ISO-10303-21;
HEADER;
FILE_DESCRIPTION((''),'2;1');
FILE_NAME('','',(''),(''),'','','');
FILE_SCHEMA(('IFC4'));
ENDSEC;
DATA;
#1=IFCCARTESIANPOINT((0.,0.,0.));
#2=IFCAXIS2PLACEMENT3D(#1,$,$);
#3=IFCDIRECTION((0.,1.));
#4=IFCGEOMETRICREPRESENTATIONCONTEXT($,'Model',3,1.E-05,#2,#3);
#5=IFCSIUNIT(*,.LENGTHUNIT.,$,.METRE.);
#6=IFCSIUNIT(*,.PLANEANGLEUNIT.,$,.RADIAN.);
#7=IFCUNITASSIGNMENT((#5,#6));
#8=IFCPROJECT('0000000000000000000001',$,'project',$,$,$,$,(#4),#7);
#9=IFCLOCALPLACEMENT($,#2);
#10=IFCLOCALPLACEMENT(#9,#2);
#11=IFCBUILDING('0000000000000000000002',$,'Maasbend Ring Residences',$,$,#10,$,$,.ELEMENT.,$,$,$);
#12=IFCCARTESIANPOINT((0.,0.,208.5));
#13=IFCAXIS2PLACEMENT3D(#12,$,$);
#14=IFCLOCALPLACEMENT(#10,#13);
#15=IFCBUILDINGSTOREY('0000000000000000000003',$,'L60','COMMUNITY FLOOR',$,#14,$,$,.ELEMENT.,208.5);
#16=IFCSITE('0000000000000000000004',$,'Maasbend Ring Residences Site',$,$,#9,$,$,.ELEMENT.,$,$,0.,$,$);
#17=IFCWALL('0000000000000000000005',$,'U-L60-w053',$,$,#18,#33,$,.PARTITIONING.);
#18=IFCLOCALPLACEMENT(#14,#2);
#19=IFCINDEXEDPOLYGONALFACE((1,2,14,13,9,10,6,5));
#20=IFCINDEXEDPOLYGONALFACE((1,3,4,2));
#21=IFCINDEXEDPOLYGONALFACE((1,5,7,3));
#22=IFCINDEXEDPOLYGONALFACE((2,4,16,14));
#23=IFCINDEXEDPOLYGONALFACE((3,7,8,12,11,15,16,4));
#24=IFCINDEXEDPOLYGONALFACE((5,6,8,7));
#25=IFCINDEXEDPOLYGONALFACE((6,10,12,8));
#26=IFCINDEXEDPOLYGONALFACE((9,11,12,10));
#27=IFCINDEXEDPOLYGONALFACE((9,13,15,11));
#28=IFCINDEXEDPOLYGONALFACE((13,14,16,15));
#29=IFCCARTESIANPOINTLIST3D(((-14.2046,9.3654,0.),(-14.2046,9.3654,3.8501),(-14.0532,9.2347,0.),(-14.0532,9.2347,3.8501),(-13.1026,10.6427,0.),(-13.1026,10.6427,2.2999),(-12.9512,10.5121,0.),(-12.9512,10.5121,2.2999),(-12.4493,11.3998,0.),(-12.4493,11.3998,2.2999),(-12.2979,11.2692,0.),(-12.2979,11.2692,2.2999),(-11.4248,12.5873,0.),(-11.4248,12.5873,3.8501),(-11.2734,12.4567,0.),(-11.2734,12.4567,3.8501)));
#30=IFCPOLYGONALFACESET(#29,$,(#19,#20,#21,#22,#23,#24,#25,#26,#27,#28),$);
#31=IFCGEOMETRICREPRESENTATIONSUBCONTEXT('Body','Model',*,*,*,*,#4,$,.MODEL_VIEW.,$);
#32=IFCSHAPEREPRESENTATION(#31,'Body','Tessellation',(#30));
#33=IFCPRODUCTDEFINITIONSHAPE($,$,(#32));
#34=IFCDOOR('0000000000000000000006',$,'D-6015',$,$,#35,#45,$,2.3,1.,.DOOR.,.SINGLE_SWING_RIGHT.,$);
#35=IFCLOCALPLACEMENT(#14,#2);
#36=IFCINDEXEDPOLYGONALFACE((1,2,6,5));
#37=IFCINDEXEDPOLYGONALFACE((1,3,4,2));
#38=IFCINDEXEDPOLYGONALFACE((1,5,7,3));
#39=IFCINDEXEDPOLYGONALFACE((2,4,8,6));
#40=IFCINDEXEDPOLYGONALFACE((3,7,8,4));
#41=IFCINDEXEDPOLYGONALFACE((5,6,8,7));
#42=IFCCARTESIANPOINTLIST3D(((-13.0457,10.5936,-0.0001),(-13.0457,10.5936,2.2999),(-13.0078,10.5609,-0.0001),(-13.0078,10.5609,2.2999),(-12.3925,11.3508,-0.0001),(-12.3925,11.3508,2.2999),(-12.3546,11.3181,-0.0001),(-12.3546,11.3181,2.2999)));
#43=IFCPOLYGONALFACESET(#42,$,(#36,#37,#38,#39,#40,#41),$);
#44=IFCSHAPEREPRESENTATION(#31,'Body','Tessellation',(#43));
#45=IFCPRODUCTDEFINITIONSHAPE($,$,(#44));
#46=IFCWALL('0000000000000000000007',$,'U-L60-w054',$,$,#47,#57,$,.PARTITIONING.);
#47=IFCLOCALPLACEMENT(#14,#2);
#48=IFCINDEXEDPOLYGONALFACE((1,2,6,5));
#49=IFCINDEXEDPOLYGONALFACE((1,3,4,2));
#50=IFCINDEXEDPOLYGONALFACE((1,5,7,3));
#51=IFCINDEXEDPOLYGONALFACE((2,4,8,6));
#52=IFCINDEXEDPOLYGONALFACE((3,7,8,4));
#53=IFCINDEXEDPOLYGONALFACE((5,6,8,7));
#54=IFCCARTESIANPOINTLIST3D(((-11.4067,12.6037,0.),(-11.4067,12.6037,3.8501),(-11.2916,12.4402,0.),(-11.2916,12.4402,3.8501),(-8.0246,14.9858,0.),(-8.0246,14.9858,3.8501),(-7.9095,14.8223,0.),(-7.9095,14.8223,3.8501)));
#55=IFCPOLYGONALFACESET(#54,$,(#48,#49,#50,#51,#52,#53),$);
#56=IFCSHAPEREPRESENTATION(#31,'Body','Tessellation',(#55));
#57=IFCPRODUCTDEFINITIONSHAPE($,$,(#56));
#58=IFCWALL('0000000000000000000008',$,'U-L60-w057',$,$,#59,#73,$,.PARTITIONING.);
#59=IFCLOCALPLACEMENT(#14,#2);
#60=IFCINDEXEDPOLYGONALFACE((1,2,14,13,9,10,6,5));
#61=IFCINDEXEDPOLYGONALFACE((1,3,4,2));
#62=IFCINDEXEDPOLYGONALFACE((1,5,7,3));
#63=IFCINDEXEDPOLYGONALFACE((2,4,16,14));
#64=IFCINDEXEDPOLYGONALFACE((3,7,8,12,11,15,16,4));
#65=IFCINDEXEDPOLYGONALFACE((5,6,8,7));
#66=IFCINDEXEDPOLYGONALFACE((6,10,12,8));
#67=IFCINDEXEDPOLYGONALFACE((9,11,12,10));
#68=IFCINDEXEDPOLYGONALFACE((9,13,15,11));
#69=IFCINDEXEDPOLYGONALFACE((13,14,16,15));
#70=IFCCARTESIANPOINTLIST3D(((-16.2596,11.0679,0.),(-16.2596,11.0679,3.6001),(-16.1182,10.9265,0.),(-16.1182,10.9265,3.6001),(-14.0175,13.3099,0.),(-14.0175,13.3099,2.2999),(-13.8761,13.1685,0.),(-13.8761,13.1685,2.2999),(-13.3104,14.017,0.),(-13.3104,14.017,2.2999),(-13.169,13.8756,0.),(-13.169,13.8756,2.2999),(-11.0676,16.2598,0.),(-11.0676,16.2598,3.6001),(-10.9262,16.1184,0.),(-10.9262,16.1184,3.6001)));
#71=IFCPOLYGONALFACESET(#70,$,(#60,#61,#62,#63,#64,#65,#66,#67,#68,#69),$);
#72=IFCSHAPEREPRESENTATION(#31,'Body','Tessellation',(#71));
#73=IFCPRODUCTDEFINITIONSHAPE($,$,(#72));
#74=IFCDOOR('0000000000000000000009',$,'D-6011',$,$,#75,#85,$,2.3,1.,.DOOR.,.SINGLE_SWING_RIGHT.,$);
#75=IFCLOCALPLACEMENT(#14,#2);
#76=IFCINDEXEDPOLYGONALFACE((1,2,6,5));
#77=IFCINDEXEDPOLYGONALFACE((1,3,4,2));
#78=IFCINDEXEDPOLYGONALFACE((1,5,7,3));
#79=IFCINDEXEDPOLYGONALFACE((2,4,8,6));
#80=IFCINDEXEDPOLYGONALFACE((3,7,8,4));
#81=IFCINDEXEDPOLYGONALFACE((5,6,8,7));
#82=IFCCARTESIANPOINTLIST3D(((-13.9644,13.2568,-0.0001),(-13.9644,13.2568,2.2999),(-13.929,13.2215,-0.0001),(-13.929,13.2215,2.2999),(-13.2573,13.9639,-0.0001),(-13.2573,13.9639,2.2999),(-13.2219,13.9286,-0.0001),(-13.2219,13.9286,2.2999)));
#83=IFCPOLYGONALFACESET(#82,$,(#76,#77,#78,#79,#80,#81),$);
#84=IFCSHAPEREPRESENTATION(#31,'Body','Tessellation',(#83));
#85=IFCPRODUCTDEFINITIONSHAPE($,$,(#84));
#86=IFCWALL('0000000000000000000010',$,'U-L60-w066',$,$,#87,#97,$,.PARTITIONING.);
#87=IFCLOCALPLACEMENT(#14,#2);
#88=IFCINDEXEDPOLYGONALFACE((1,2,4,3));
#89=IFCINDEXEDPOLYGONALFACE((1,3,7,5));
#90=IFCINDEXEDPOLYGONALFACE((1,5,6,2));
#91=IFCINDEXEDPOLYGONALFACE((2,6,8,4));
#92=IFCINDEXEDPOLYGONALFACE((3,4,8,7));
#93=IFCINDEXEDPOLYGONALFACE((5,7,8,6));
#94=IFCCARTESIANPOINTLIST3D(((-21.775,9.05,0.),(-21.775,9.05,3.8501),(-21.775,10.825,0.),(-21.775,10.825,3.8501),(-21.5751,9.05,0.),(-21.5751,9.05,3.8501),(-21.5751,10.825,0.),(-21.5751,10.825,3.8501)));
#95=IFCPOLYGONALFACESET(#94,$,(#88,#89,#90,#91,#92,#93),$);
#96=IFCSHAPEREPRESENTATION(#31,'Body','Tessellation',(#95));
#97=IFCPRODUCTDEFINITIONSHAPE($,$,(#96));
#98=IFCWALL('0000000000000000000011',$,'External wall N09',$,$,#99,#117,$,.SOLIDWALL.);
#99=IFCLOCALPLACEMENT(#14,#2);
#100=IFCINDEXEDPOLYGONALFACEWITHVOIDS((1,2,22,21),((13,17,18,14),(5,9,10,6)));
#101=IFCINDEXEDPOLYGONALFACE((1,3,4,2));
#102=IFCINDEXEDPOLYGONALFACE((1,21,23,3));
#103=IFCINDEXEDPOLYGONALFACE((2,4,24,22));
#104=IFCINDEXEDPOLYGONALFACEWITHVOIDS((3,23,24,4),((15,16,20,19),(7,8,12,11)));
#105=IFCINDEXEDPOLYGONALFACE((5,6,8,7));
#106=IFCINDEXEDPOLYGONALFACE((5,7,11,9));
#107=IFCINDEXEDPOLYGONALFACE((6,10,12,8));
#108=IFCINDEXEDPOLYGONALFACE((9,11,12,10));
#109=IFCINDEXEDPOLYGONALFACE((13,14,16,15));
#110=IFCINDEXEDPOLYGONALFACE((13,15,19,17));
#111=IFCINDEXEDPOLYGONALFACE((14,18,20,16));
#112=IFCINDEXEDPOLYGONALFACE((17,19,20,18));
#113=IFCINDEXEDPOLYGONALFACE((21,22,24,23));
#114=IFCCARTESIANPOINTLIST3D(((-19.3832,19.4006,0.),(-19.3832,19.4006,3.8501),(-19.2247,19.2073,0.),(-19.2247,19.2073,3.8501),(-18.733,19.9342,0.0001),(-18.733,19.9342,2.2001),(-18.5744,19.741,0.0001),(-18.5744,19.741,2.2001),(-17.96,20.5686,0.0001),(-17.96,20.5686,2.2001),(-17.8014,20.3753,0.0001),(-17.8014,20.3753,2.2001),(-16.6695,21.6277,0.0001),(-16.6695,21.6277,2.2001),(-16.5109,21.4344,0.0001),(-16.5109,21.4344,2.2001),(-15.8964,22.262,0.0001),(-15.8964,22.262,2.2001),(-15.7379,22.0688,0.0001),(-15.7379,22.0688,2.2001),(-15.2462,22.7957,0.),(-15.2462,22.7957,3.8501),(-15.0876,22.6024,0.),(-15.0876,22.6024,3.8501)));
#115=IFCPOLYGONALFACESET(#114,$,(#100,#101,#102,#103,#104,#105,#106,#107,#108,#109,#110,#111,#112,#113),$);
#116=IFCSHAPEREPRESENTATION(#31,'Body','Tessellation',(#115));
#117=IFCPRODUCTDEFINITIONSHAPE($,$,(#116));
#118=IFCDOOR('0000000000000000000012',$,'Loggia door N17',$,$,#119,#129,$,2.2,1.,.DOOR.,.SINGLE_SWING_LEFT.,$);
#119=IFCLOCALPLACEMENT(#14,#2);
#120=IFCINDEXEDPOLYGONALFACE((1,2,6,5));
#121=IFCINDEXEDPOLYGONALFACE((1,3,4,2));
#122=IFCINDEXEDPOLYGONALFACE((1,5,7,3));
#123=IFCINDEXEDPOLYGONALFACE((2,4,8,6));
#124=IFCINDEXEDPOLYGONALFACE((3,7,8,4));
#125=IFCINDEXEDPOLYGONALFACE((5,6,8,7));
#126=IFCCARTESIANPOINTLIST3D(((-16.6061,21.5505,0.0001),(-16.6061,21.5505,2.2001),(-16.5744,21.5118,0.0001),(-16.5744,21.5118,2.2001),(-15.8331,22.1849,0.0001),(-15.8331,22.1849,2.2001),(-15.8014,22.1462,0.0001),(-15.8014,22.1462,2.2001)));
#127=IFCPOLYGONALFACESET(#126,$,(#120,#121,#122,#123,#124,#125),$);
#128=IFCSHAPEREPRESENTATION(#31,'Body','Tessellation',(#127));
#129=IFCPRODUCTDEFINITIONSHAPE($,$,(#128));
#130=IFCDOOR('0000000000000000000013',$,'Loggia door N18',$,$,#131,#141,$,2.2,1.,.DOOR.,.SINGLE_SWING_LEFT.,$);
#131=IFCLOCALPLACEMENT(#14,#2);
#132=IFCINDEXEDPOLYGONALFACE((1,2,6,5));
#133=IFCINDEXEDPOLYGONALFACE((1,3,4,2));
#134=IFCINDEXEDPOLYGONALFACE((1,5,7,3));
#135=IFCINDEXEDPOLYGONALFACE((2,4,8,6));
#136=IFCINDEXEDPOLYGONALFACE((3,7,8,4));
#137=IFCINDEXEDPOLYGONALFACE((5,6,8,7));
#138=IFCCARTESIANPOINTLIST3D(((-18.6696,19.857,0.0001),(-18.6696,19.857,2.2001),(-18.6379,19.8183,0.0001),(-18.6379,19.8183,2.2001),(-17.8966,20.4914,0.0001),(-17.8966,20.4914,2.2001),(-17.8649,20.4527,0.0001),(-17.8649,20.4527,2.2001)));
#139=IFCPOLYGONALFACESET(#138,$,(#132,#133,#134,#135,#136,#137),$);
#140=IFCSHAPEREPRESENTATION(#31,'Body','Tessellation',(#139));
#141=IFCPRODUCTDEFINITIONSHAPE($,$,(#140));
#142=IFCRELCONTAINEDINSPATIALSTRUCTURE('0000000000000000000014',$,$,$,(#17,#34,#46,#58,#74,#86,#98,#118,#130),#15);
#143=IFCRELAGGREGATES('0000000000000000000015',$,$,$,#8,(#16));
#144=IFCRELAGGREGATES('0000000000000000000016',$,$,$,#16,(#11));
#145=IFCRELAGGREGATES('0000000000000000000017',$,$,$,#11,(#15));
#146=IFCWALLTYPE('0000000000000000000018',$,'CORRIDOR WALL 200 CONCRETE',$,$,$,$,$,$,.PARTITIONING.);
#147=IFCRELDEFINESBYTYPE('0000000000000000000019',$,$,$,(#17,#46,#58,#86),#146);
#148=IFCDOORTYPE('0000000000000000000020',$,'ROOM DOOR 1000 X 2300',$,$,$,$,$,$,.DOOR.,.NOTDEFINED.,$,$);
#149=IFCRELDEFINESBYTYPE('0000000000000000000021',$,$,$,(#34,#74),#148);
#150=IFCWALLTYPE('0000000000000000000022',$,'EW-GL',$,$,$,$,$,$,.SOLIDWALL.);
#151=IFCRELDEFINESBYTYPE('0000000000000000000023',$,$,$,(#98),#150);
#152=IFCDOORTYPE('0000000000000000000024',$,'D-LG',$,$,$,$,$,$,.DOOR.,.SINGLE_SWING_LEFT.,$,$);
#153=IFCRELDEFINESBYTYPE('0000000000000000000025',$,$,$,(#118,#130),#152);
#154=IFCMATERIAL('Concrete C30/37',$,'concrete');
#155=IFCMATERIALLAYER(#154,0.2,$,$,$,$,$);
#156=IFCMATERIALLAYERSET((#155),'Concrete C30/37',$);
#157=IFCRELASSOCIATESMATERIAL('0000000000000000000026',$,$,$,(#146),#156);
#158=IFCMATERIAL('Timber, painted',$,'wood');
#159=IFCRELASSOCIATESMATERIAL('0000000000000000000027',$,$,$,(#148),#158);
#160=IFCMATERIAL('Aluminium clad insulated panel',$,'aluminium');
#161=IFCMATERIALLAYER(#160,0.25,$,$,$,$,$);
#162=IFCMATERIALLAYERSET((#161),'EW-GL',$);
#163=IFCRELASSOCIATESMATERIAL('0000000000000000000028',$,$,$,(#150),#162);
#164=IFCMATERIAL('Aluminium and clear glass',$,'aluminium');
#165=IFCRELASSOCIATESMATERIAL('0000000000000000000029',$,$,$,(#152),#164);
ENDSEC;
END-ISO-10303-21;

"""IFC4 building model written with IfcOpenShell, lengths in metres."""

from ifc_helpers import new_model, si_unit, direction, frame, frame_2d, origin, place, context, subcontext, project, spatial, rectangle, extrude, material, layer, layer_set, type_object, element, fill, save


model = new_model("IFC4")

# Units and contexts
model_context = context("Model", 3, precision=1e-05, world=origin(), true_north=direction((0.0, 1.0)))
body_context = subcontext(model_context, "Body", "Model", "MODEL_VIEW")
ifc_project = project(units=[si_unit("LENGTHUNIT", "METRE"), si_unit("PLANEANGLEUNIT", "RADIAN")], contexts=[model_context])

# Site, building, storey
site_placement = place(None, origin())
site = spatial("IfcSite", under=ifc_project, at=site_placement, Name="Maasbend Ring Residences Site", CompositionType="ELEMENT", RefElevation=0.0)
building_placement = place(site_placement, origin())
building = spatial("IfcBuilding", under=site, at=building_placement, Name="Maasbend Ring Residences", CompositionType="ELEMENT")
storey_placement = place(building_placement, frame((0.0, 0.0, 208.5)))
storey = spatial("IfcBuildingStorey", under=building, at=storey_placement, Name="L60", Description="COMMUNITY FLOOR", CompositionType="ELEMENT", Elevation=208.5)

# Wall, opening, door
ifc_material_1 = material(Name="Concrete C30/37", Category="concrete")
ifc_layer_1 = layer(ifc_material_1, 0.2)
ifc_layer_set_1 = layer_set([ifc_layer_1], Name="Concrete C30/37")
wall_type_1 = type_object("IfcWallType", Name="CORRIDOR WALL 200 CONCRETE", PredefinedType="PARTITIONING", material=ifc_layer_set_1)
wall_1_placement = place(storey_placement, frame((-14.1289, 9.3, 0.0), z_axis=(0.0, 0.0, 1.0), x_axis=(0.653245, 0.757147, 0.0)))
wall_1 = element("IfcWall", 1, at=wall_1_placement, inside=storey, type_object=wall_type_1, Name="U-L60-w053", PredefinedType="PARTITIONING", context=body_context, shape_type="SweptSolid", body=[
    extrude(rectangle(XDim=4.2554, YDim=0.2, at=frame_2d((2.1277, 0.0))), origin(), (0.0, 0.0, 1.0), 3.8501),
])
opening_1_placement = place(wall_1_placement, frame((1.687, 0.0, 0.0)))
opening_1 = element("IfcOpeningElement", 2, at=opening_1_placement, cuts=wall_1, PredefinedType="OPENING", context=body_context, shape_type="SweptSolid", body=[
    extrude(rectangle(XDim=1.0, YDim=2.3, at=frame_2d((0.5, 1.1499))), frame((0.0, 0.1099, 0.0), z_axis=(0.0, -1.0, 0.0), x_axis=(1.0, 0.0, 0.0)), (0.0, 0.0, 1.0), 0.22),
])
ifc_material_2 = material(Name="Timber, painted", Category="wood")
door_type_1 = type_object("IfcDoorType", Name="ROOM DOOR 1000 X 2300", OperationType="NOTDEFINED", PredefinedType="DOOR", material=ifc_material_2)
door_1_placement = place(opening_1_placement, origin())
door_1 = element("IfcDoor", 3, at=door_1_placement, inside=storey, type_object=door_type_1, Name="D-6015", OperationType="SINGLE_SWING_RIGHT", OverallHeight=2.3, OverallWidth=1.0, PredefinedType="DOOR", context=body_context, shape_type="SweptSolid", body=[
    extrude(rectangle(XDim=1.0, YDim=2.3, at=frame_2d((0.5, 1.1499))), frame((0.0, 0.0249, 0.0), z_axis=(0.0, -1.0, 0.0), x_axis=(1.0, 0.0, 0.0)), (0.0, 0.0, 1.0), 0.05),
])
fill(opening_1, door_1)

# Wall
wall_2_placement = place(storey_placement, frame((-11.3491, 12.522, 0.0), z_axis=(0.0, 0.0, 1.0), x_axis=(0.817568, 0.575833, 0.0)))
element("IfcWall", 4, at=wall_2_placement, inside=storey, type_object=wall_type_1, Name="U-L60-w054", PredefinedType="PARTITIONING", context=body_context, shape_type="SweptSolid", body=[
    extrude(rectangle(XDim=4.1367, YDim=0.2, at=frame_2d((2.0684, 0.0))), origin(), (0.0, 0.0, 1.0), 3.8501),
])

# Wall, opening, door
wall_3_placement = place(storey_placement, frame((-16.189, 10.9971, 0.0), z_axis=(0.0, 0.0, 1.0), x_axis=(0.707107, 0.707107, 0.0)))
wall_3 = element("IfcWall", 5, at=wall_3_placement, inside=storey, type_object=wall_type_1, Name="U-L60-w057", PredefinedType="PARTITIONING", context=body_context, shape_type="SweptSolid", body=[
    extrude(rectangle(XDim=7.3425, YDim=0.2, at=frame_2d((3.6714, 0.0))), origin(), (0.0, 0.0, 1.0), 3.6001),
])
opening_2_placement = place(wall_3_placement, frame((3.1709, 0.0, 0.0)))
opening_2 = element("IfcOpeningElement", 6, at=opening_2_placement, cuts=wall_3, PredefinedType="OPENING", context=body_context, shape_type="SweptSolid", body=[
    extrude(rectangle(XDim=1.0, YDim=2.3, at=frame_2d((0.5, 1.1499))), frame((0.0, 0.1099, 0.0), z_axis=(0.0, -1.0, 0.0), x_axis=(1.0, 0.0, 0.0)), (0.0, 0.0, 1.0), 0.22),
])
door_2_placement = place(opening_2_placement, origin())
door_2 = element("IfcDoor", 7, at=door_2_placement, inside=storey, type_object=door_type_1, Name="D-6011", OperationType="SINGLE_SWING_RIGHT", OverallHeight=2.3, OverallWidth=1.0, PredefinedType="DOOR", context=body_context, shape_type="SweptSolid", body=[
    extrude(rectangle(XDim=1.0, YDim=2.3, at=frame_2d((0.5, 1.1499))), frame((0.0, 0.0249, 0.0), z_axis=(0.0, -1.0, 0.0), x_axis=(1.0, 0.0, 0.0)), (0.0, 0.0, 1.0), 0.05),
])
fill(opening_2, door_2)

# Wall
wall_4_placement = place(storey_placement, frame((-21.675, 9.05, 0.0), z_axis=(0.0, 0.0, 1.0), x_axis=(0.0, 1.0, 0.0)))
element("IfcWall", 8, at=wall_4_placement, inside=storey, type_object=wall_type_1, Name="U-L60-w066", PredefinedType="PARTITIONING", context=body_context, shape_type="SweptSolid", body=[
    extrude(rectangle(XDim=1.7749, YDim=0.2, at=frame_2d((0.8875, 0.0))), origin(), (0.0, 0.0, 1.0), 3.8501),
])

# Wall, openings, doors
ifc_material_3 = material(Name="Aluminium clad insulated panel", Category="aluminium")
ifc_layer_2 = layer(ifc_material_3, 0.25)
ifc_layer_set_2 = layer_set([ifc_layer_2], Name="EW-GL")
wall_type_2 = type_object("IfcWallType", Name="EW-GL", PredefinedType="SOLIDWALL", material=ifc_layer_set_2)
wall_5_placement = place(storey_placement, frame((-15.167, 22.699, 0.0), z_axis=(0.0, 0.0, 1.0), x_axis=(-0.773019, -0.634382, 0.0)))
wall_5 = element("IfcWall", 9, at=wall_5_placement, inside=storey, type_object=wall_type_2, Name="External wall N09", PredefinedType="SOLIDWALL", context=body_context, shape_type="SweptSolid", body=[
    extrude(rectangle(XDim=5.3518, YDim=0.25, at=frame_2d((2.6758, 0.0))), origin(), (0.0, 0.0, 1.0), 3.8501),
])
opening_3_placement = place(wall_5_placement, frame((0.8411, 0.0, 0.0)))
opening_3 = element("IfcOpeningElement", 10, at=opening_3_placement, cuts=wall_5, PredefinedType="OPENING", context=body_context, shape_type="SweptSolid", body=[
    extrude(rectangle(XDim=1.0, YDim=2.2, at=frame_2d((0.5, 1.1001))), frame((0.0, 0.135, 0.0), z_axis=(0.0, -1.0, 0.0), x_axis=(1.0, 0.0, 0.0)), (0.0, 0.0, 1.0), 0.27),
])
opening_4_placement = place(wall_5_placement, frame((3.5105, 0.0, 0.0)))
opening_4 = element("IfcOpeningElement", 11, at=opening_4_placement, cuts=wall_5, PredefinedType="OPENING", context=body_context, shape_type="SweptSolid", body=[
    extrude(rectangle(XDim=1.0, YDim=2.2, at=frame_2d((0.5, 1.1001))), frame((0.0, 0.135, 0.0), z_axis=(0.0, -1.0, 0.0), x_axis=(1.0, 0.0, 0.0)), (0.0, 0.0, 1.0), 0.27),
])
ifc_material_4 = material(Name="Aluminium and clear glass", Category="aluminium")
door_type_2 = type_object("IfcDoorType", Name="D-LG", OperationType="SINGLE_SWING_LEFT", PredefinedType="DOOR", material=ifc_material_4)
door_3_placement = place(opening_3_placement, origin())
door_3 = element("IfcDoor", 12, at=door_3_placement, inside=storey, type_object=door_type_2, Name="Loggia door N17", OperationType="SINGLE_SWING_LEFT", OverallHeight=2.2, OverallWidth=1.0, PredefinedType="DOOR", context=body_context, shape_type="SweptSolid", body=[
    extrude(rectangle(XDim=1.0, YDim=2.2, at=frame_2d((0.5, 1.1001))), frame((0.0, 0.0249, 0.0), z_axis=(0.0, -1.0, 0.0), x_axis=(1.0, 0.0, 0.0)), (0.0, 0.0, 1.0), 0.05),
])
fill(opening_3, door_3)
door_4_placement = place(opening_4_placement, origin())
door_4 = element("IfcDoor", 13, at=door_4_placement, inside=storey, type_object=door_type_2, Name="Loggia door N18", OperationType="SINGLE_SWING_LEFT", OverallHeight=2.2, OverallWidth=1.0, PredefinedType="DOOR", context=body_context, shape_type="SweptSolid", body=[
    extrude(rectangle(XDim=1.0, YDim=2.2, at=frame_2d((0.5, 1.1001))), frame((0.0, 0.0249, 0.0), z_axis=(0.0, -1.0, 0.0), x_axis=(1.0, 0.0, 0.0)), (0.0, 0.0, 1.0), 0.05),
])
fill(opening_4, door_4)

save(model, "model.ifc")
